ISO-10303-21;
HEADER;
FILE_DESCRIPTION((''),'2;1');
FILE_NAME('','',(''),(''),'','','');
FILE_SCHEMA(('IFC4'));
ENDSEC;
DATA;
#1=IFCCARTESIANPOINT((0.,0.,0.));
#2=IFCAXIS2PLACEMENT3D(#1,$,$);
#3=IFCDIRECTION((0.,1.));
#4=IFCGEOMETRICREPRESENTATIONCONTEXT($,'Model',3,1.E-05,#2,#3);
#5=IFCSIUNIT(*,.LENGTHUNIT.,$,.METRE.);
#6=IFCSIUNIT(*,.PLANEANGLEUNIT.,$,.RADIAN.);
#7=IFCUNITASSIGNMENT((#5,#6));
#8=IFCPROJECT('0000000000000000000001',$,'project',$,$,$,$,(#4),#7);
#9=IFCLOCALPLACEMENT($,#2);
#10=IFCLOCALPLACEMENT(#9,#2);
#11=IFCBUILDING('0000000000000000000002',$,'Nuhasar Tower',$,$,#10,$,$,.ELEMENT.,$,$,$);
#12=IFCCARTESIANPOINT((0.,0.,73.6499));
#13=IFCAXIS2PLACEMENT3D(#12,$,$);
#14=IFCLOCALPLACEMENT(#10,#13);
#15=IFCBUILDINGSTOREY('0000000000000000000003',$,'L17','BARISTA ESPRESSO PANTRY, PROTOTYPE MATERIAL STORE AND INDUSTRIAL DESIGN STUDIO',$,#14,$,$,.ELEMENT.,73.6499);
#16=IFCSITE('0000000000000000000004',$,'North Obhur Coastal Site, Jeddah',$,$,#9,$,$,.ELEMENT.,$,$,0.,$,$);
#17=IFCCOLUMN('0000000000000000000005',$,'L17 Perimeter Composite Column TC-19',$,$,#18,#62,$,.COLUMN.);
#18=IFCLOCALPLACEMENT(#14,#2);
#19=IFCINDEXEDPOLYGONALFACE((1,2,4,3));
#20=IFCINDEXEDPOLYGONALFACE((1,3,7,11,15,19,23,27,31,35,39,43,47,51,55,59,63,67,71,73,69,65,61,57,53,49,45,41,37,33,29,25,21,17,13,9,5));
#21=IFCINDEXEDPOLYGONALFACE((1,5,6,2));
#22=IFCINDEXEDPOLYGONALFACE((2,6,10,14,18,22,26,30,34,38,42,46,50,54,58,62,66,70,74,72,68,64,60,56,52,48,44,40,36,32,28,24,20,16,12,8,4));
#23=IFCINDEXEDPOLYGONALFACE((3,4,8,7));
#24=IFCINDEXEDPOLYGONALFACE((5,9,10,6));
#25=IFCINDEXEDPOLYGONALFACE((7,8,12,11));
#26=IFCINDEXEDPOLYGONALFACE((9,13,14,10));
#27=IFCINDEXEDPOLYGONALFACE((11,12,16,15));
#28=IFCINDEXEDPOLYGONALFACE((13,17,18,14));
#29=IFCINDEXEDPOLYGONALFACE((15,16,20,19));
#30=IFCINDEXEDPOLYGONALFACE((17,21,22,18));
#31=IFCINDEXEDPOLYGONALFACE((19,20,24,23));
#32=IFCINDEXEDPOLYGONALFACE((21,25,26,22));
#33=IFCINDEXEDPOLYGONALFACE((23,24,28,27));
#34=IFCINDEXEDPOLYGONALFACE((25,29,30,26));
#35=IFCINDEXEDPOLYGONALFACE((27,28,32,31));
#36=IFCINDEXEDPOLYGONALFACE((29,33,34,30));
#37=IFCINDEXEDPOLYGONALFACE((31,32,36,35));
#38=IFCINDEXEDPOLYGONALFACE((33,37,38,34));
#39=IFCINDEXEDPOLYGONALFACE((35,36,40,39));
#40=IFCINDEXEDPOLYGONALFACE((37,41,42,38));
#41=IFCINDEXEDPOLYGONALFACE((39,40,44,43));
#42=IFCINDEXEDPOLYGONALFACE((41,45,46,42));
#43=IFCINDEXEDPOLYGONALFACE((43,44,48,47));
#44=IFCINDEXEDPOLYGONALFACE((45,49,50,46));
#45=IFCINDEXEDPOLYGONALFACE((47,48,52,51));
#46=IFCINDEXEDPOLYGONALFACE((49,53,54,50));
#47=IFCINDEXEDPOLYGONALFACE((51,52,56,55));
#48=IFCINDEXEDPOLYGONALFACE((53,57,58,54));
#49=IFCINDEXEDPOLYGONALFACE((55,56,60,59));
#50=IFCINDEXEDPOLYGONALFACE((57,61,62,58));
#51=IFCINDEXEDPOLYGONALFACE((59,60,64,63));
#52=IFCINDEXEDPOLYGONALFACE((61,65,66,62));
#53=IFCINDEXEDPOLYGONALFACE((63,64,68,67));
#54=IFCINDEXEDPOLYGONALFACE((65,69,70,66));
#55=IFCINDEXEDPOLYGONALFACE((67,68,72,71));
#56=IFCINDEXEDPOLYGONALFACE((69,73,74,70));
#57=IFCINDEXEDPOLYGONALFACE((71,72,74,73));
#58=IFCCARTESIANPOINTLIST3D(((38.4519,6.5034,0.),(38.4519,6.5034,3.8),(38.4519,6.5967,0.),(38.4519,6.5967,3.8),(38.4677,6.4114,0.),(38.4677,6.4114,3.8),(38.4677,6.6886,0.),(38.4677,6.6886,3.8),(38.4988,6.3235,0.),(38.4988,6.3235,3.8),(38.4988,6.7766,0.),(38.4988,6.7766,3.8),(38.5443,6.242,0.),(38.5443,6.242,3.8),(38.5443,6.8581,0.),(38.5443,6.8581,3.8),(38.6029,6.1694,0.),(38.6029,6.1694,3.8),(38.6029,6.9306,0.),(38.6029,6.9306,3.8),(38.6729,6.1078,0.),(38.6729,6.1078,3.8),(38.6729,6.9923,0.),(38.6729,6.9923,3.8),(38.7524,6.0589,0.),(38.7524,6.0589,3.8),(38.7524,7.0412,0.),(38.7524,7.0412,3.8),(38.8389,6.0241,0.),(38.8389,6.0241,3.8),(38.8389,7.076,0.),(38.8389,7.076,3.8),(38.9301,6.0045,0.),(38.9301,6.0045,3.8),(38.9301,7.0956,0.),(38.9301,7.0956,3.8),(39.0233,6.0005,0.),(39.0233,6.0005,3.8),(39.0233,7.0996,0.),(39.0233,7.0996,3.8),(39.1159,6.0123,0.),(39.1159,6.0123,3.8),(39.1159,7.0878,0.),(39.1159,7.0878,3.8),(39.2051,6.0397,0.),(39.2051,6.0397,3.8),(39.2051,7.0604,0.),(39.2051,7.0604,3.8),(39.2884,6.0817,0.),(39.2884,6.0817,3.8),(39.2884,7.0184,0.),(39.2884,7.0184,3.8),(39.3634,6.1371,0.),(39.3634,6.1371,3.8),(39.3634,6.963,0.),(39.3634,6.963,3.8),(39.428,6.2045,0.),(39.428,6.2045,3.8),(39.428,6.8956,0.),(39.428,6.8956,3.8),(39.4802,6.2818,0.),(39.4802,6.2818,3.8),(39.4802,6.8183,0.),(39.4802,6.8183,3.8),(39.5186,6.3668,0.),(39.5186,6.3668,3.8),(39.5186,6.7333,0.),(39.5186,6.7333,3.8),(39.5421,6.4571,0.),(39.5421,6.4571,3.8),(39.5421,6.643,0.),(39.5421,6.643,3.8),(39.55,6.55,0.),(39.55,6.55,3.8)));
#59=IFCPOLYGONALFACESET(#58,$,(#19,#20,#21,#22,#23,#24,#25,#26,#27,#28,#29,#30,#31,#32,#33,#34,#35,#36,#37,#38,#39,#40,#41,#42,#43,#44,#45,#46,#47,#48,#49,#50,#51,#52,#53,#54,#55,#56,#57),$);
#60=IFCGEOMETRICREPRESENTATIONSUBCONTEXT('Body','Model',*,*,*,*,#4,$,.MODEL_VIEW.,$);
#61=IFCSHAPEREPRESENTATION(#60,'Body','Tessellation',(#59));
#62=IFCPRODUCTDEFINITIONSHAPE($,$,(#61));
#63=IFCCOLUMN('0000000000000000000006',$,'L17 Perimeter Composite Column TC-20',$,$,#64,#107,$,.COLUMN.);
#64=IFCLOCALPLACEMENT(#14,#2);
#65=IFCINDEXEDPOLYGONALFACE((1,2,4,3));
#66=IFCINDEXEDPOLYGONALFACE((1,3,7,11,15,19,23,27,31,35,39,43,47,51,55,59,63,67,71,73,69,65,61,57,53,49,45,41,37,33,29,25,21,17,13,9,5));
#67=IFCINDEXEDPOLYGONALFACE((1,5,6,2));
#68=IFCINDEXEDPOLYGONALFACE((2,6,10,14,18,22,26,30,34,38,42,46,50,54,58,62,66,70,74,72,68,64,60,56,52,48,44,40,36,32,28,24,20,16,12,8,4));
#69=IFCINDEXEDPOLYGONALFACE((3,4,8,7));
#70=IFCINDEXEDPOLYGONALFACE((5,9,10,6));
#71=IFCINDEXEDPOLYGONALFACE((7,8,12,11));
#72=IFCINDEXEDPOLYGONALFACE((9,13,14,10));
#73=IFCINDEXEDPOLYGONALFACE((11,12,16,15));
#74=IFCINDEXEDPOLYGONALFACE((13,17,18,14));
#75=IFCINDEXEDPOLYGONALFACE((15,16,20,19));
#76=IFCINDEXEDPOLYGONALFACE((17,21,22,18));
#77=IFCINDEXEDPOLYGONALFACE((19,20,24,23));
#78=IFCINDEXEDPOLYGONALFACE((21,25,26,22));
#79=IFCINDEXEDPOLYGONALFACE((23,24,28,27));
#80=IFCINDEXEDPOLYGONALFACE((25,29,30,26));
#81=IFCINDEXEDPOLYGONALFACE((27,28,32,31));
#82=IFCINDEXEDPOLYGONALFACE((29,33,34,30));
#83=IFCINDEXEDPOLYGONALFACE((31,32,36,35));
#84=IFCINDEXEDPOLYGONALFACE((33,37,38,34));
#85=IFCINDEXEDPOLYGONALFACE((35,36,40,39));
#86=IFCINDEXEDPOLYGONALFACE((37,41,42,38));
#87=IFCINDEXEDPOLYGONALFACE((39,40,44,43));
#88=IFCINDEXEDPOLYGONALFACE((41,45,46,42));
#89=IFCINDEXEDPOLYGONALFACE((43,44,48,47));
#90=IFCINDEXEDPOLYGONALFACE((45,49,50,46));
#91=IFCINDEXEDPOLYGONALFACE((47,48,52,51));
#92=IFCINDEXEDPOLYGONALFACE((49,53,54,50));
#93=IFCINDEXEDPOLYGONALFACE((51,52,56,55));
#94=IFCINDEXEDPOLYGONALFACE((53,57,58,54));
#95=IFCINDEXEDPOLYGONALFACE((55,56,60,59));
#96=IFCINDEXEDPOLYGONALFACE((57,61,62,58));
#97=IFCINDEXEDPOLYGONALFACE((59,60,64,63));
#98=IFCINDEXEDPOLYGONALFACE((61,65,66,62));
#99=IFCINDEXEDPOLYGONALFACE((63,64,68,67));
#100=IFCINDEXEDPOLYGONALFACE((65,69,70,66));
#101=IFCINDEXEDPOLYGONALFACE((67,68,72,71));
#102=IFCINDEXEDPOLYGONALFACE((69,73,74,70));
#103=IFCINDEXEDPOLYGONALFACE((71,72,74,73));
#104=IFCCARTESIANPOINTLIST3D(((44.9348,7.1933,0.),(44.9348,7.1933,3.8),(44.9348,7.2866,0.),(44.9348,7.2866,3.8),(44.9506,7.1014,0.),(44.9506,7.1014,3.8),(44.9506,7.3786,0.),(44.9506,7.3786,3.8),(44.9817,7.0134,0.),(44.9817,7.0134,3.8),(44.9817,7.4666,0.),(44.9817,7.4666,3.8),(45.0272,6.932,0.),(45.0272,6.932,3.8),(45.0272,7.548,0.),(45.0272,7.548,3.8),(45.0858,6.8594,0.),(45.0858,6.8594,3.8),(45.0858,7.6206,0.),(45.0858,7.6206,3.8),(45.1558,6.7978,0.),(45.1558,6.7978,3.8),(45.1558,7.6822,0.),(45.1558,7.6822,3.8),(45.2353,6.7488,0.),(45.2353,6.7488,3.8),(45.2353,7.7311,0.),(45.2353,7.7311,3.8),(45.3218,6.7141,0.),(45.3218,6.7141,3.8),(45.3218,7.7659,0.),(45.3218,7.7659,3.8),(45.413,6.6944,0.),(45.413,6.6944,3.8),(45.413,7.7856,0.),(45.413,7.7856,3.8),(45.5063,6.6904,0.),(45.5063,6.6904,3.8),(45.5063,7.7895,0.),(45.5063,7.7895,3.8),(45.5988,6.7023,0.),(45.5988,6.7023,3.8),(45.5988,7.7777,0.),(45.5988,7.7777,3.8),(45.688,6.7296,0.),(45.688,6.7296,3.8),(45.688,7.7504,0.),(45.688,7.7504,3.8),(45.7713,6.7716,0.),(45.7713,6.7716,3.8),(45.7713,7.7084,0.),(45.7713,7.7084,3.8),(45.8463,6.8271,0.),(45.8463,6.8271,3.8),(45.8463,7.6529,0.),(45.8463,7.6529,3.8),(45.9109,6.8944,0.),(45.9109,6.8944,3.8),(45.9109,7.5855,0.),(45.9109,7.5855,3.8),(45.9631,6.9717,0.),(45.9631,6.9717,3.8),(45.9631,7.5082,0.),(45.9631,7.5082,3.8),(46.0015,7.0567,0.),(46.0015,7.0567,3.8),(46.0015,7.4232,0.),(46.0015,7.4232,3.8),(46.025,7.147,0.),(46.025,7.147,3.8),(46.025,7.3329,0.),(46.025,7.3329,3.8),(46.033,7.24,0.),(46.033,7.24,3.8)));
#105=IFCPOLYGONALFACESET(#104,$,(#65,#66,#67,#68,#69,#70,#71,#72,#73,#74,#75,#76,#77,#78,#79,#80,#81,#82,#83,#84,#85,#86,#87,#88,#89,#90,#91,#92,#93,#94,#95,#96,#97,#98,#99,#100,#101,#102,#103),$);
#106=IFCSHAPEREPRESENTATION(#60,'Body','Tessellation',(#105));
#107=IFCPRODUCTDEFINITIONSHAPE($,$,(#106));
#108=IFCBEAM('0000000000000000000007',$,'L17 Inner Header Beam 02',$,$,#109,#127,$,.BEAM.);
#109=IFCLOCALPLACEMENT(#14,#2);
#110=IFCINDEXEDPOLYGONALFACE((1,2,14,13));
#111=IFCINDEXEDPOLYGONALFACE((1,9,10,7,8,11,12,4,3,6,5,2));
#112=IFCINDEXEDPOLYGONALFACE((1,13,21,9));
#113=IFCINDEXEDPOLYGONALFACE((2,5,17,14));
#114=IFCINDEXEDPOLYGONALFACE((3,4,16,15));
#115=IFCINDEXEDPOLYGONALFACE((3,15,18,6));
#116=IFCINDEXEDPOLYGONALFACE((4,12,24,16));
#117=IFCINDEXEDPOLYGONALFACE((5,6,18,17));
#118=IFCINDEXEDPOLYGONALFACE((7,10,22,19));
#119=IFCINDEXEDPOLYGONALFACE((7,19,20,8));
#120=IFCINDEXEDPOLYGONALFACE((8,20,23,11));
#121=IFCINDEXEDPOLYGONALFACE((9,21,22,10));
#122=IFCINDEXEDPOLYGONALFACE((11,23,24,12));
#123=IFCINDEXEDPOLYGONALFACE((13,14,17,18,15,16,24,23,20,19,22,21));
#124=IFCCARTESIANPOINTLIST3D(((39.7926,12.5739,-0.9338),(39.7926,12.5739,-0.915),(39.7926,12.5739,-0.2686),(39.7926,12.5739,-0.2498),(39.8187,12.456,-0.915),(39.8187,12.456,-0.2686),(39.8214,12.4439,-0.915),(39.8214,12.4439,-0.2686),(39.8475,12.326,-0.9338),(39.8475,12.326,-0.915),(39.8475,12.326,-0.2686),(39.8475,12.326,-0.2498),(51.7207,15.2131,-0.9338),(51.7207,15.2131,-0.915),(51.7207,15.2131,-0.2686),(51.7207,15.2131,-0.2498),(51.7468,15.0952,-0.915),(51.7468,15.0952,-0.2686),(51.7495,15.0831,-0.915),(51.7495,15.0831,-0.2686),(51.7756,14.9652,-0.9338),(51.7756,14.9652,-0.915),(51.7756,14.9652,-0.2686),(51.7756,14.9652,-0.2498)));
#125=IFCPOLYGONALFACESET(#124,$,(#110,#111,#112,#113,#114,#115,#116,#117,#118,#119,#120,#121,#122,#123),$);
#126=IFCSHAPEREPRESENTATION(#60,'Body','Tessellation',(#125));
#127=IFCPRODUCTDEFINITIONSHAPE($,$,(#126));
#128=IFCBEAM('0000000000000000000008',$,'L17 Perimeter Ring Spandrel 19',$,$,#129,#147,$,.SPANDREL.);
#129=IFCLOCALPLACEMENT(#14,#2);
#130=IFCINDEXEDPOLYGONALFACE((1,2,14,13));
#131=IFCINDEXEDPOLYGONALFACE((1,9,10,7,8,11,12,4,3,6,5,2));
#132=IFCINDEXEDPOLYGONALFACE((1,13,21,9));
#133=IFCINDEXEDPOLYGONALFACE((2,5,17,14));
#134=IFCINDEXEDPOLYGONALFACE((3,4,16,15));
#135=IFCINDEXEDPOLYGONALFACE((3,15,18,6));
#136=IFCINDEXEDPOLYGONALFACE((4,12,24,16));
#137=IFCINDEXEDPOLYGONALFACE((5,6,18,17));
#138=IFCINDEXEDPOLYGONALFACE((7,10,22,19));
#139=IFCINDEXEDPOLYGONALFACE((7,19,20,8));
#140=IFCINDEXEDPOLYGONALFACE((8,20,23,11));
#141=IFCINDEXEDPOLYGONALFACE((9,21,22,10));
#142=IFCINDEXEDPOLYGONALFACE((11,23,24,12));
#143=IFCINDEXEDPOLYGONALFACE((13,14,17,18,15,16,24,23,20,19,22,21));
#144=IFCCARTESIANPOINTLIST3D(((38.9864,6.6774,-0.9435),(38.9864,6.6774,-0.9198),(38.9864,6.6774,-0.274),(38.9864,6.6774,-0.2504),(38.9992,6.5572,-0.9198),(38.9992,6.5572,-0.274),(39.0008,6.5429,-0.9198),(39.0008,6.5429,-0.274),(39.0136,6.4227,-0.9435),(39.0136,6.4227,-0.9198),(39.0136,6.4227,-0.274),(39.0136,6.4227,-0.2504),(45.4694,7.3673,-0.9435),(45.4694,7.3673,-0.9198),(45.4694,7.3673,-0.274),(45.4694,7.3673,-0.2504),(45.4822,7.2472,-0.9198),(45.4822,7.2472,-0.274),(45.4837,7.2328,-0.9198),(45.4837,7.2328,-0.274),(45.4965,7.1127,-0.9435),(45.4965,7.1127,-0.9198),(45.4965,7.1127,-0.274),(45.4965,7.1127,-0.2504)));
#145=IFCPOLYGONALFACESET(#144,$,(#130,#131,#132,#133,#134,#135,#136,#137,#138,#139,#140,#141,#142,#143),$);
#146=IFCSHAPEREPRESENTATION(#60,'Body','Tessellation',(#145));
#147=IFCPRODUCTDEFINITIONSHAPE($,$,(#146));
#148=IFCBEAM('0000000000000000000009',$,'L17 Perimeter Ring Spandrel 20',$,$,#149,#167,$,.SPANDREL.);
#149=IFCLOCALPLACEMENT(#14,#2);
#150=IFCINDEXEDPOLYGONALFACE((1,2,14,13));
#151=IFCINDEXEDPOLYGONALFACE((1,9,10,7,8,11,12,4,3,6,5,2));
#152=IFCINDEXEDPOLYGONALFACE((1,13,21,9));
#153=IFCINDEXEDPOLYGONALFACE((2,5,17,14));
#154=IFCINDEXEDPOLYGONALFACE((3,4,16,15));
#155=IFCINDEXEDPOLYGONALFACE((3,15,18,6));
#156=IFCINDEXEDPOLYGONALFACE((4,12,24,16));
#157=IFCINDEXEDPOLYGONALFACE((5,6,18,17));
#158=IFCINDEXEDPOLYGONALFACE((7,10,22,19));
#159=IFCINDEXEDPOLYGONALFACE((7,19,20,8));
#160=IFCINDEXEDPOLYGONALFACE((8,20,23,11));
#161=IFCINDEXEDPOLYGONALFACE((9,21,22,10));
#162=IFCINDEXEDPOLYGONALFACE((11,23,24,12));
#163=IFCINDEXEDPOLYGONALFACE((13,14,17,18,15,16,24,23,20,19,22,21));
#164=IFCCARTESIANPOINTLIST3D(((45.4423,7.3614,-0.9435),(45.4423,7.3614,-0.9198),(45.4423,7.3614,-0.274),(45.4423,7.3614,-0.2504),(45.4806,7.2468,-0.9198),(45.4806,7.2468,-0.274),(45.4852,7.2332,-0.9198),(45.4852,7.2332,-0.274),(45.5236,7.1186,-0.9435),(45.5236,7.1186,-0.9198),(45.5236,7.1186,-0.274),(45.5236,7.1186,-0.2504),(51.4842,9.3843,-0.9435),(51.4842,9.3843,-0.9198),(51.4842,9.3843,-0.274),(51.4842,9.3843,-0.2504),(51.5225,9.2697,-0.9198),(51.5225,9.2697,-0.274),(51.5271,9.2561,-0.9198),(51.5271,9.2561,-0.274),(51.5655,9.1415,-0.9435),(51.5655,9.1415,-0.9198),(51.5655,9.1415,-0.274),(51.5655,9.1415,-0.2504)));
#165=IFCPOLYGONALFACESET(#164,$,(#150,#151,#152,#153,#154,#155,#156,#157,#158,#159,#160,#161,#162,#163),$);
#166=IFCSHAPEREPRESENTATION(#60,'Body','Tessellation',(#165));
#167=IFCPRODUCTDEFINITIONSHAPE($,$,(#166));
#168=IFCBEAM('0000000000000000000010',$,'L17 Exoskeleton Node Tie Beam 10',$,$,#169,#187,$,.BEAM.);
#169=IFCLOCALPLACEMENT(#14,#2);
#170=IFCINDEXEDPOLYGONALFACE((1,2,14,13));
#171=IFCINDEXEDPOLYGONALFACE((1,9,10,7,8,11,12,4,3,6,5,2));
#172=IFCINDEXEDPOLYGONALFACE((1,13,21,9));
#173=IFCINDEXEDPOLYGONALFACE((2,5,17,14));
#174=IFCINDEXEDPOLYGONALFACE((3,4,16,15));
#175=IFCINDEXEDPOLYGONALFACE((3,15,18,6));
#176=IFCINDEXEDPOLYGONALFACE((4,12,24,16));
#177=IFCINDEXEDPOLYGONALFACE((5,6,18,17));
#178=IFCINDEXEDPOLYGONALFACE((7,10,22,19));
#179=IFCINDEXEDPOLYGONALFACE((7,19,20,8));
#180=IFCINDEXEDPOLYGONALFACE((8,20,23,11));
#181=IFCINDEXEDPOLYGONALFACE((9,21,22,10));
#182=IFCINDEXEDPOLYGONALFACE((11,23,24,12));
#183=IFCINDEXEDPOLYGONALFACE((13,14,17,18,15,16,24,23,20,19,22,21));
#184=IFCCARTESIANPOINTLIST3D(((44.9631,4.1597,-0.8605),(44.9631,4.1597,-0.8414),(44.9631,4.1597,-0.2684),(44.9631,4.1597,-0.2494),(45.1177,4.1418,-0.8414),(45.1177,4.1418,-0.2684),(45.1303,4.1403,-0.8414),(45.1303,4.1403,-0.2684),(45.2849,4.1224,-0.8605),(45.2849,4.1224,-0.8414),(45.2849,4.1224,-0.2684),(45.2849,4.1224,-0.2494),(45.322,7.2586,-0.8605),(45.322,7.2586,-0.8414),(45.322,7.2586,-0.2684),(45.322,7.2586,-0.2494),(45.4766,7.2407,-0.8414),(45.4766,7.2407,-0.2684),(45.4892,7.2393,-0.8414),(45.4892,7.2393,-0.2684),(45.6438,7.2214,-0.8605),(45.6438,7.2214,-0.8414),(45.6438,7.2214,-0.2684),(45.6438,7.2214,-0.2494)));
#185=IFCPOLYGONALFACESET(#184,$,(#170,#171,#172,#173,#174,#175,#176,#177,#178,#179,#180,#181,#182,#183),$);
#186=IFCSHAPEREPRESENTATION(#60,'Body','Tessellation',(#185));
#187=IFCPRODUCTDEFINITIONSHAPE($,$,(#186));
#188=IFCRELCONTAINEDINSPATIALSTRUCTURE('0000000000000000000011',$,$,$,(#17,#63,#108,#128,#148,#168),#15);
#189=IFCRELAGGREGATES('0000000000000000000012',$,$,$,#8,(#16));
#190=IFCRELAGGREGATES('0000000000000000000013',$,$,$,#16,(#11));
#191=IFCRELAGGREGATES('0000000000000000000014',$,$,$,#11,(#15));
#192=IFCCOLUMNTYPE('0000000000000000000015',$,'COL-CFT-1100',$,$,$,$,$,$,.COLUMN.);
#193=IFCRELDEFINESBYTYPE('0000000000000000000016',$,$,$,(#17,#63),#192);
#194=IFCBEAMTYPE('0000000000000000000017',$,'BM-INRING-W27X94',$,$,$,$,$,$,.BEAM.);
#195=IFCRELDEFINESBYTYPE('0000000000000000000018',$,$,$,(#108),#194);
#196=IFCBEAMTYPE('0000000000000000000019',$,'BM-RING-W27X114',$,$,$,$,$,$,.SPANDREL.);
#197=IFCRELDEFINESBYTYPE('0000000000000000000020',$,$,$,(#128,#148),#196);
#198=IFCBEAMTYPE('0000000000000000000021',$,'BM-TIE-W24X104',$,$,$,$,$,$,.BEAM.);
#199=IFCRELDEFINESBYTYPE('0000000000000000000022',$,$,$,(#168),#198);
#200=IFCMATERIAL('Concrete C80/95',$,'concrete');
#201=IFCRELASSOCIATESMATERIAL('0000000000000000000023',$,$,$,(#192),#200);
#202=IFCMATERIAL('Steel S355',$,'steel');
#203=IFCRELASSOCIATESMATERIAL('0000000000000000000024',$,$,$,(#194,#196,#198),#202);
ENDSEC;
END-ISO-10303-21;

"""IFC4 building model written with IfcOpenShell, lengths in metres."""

from ifc_helpers import new_model, si_unit, direction, frame, origin, origin_2d, place, context, subcontext, project, spatial, circle, i_section, extrude, material, material_profile, profile_set, type_object, element, save


model = new_model("IFC4")

# Units and contexts
model_context = context("Model", 3, precision=1e-05, world=origin(), true_north=direction((0.0, 1.0)))
body_context = subcontext(model_context, "Body", "Model", "MODEL_VIEW")
ifc_project = project(units=[si_unit("LENGTHUNIT", "METRE"), si_unit("PLANEANGLEUNIT", "RADIAN")], contexts=[model_context])

# Site, building, storey
site_placement = place(None, origin())
site = spatial("IfcSite", under=ifc_project, at=site_placement, Name="North Obhur Coastal Site, Jeddah", CompositionType="ELEMENT", RefElevation=0.0)
building_placement = place(site_placement, origin())
building = spatial("IfcBuilding", under=site, at=building_placement, Name="Nuhasar Tower", CompositionType="ELEMENT")
storey_placement = place(building_placement, frame((0.0, 0.0, 73.6499)))
storey = spatial("IfcBuildingStorey", under=building, at=storey_placement, Name="L17", Description="BARISTA ESPRESSO PANTRY, PROTOTYPE MATERIAL STORE AND INDUSTRIAL DESIGN STUDIO", CompositionType="ELEMENT", Elevation=73.6499)

# Columns
ifc_material_1 = material(Name="Concrete C80/95", Category="concrete")
ifc_material_profile_1 = material_profile(ifc_material_1, circle(Radius=0.55, at=origin_2d()), Name="CFT1100")
ifc_profile_set_1 = profile_set([ifc_material_profile_1], Name="Concrete C80/95")
column_type = type_object("IfcColumnType", Name="COL-CFT-1100", PredefinedType="COLUMN", material=ifc_profile_set_1)
for number, where, z_axis, x_axis, name in (
    (1, (39.0, 6.55, 0.0), (0.0, 0.0, 1.0), (1.0, 0.0, 0.0), "L17 Perimeter Composite Column TC-19"),
    (2, (45.4829, 7.24, 0.0), (0.0, 0.0, 1.0), (1.0, 0.0, 0.0), "L17 Perimeter Composite Column TC-20"),
):
    element("IfcColumn", number, at=place(storey_placement, frame(where, z_axis=z_axis, x_axis=x_axis)), inside=storey, type_object=column_type, Name=name, PredefinedType="COLUMN", context=body_context, shape_type="SweptSolid", body=[
        extrude(circle(Radius=0.55, at=origin_2d()), origin(), (0.0, 0.0, 1.0), 3.8),
    ])

# Beams
ifc_material_2 = material(Name="Steel S355", Category="steel")
ifc_material_profile_2 = material_profile(ifc_material_2, i_section(OverallWidth=0.2539, OverallDepth=0.6841, WebThickness=0.0125, FlangeThickness=0.0188, at=origin_2d()), Name="W27X94")
ifc_profile_set_2 = profile_set([ifc_material_profile_2], Name="Steel S355")
beam_type_1 = type_object("IfcBeamType", Name="BM-INRING-W27X94", PredefinedType="BEAM", material=ifc_profile_set_2)
beam_1_placement = place(storey_placement, frame((39.8201, 12.45, -0.5918), z_axis=(0.976386, 0.216033, 0.0), x_axis=(-0.216033, 0.976386, 0.0)))
element("IfcBeam", 3, at=beam_1_placement, inside=storey, type_object=beam_type_1, Name="L17 Inner Header Beam 02", PredefinedType="BEAM", context=body_context, shape_type="SweptSolid", body=[
    extrude(i_section(OverallWidth=0.2539, OverallDepth=0.6841, WebThickness=0.0125, FlangeThickness=0.0188, at=origin_2d()), origin(), (0.0, 0.0, 1.0), 12.2166),
])
ifc_material_profile_3 = material_profile(ifc_material_2, i_section(OverallWidth=0.2561, OverallDepth=0.6931, WebThickness=0.0144, FlangeThickness=0.0237, at=origin_2d()), Name="W27X114")
ifc_profile_set_3 = profile_set([ifc_material_profile_3], Name="Steel S355")
beam_type_2 = type_object("IfcBeamType", Name="BM-RING-W27X114", PredefinedType="SPANDREL", material=ifc_profile_set_3)
beam_2_placement = place(storey_placement, frame((39.0, 6.55, -0.5969), z_axis=(0.994385, 0.105827, 0.0), x_axis=(-0.105827, 0.994385, 0.0)))
element("IfcBeam", 4, at=beam_2_placement, inside=storey, type_object=beam_type_2, Name="L17 Perimeter Ring Spandrel 19", PredefinedType="SPANDREL", context=body_context, shape_type="SweptSolid", body=[
    extrude(i_section(OverallWidth=0.2561, OverallDepth=0.6931, WebThickness=0.0144, FlangeThickness=0.0237, at=origin_2d()), origin(), (0.0, 0.0, 1.0), 6.5195),
])
beam_3_placement = place(storey_placement, frame((45.4829, 7.24, -0.5969), z_axis=(0.948261, 0.317492, 0.0), x_axis=(-0.317492, 0.948261, 0.0)))
element("IfcBeam", 5, at=beam_3_placement, inside=storey, type_object=beam_type_2, Name="L17 Perimeter Ring Spandrel 20", PredefinedType="SPANDREL", context=body_context, shape_type="SweptSolid", body=[
    extrude(i_section(OverallWidth=0.2561, OverallDepth=0.6931, WebThickness=0.0144, FlangeThickness=0.0237, at=origin_2d()), origin(), (0.0, 0.0, 1.0), 6.3716),
])
ifc_material_profile_4 = material_profile(ifc_material_2, i_section(OverallWidth=0.324, OverallDepth=0.6111, WebThickness=0.0127, FlangeThickness=0.019, at=origin_2d()), Name="W24X104")
ifc_profile_set_4 = profile_set([ifc_material_profile_4], Name="Steel S355")
beam_type_3 = type_object("IfcBeamType", Name="BM-TIE-W24X104", PredefinedType="BEAM", material=ifc_profile_set_4)
beam_4_placement = place(storey_placement, frame((45.4829, 7.24, -0.5549), z_axis=(-0.115043, -0.993361, 0.0), x_axis=(0.993361, -0.115043, 0.0)))
element("IfcBeam", 6, at=beam_4_placement, inside=storey, type_object=beam_type_3, Name="L17 Exoskeleton Node Tie Beam 10", PredefinedType="BEAM", context=body_context, shape_type="SweptSolid", body=[
    extrude(i_section(OverallWidth=0.324, OverallDepth=0.6111, WebThickness=0.0127, FlangeThickness=0.019, at=origin_2d()), origin(), (0.0, 0.0, 1.0), 3.1196),
])

save(model, "model.ifc")
